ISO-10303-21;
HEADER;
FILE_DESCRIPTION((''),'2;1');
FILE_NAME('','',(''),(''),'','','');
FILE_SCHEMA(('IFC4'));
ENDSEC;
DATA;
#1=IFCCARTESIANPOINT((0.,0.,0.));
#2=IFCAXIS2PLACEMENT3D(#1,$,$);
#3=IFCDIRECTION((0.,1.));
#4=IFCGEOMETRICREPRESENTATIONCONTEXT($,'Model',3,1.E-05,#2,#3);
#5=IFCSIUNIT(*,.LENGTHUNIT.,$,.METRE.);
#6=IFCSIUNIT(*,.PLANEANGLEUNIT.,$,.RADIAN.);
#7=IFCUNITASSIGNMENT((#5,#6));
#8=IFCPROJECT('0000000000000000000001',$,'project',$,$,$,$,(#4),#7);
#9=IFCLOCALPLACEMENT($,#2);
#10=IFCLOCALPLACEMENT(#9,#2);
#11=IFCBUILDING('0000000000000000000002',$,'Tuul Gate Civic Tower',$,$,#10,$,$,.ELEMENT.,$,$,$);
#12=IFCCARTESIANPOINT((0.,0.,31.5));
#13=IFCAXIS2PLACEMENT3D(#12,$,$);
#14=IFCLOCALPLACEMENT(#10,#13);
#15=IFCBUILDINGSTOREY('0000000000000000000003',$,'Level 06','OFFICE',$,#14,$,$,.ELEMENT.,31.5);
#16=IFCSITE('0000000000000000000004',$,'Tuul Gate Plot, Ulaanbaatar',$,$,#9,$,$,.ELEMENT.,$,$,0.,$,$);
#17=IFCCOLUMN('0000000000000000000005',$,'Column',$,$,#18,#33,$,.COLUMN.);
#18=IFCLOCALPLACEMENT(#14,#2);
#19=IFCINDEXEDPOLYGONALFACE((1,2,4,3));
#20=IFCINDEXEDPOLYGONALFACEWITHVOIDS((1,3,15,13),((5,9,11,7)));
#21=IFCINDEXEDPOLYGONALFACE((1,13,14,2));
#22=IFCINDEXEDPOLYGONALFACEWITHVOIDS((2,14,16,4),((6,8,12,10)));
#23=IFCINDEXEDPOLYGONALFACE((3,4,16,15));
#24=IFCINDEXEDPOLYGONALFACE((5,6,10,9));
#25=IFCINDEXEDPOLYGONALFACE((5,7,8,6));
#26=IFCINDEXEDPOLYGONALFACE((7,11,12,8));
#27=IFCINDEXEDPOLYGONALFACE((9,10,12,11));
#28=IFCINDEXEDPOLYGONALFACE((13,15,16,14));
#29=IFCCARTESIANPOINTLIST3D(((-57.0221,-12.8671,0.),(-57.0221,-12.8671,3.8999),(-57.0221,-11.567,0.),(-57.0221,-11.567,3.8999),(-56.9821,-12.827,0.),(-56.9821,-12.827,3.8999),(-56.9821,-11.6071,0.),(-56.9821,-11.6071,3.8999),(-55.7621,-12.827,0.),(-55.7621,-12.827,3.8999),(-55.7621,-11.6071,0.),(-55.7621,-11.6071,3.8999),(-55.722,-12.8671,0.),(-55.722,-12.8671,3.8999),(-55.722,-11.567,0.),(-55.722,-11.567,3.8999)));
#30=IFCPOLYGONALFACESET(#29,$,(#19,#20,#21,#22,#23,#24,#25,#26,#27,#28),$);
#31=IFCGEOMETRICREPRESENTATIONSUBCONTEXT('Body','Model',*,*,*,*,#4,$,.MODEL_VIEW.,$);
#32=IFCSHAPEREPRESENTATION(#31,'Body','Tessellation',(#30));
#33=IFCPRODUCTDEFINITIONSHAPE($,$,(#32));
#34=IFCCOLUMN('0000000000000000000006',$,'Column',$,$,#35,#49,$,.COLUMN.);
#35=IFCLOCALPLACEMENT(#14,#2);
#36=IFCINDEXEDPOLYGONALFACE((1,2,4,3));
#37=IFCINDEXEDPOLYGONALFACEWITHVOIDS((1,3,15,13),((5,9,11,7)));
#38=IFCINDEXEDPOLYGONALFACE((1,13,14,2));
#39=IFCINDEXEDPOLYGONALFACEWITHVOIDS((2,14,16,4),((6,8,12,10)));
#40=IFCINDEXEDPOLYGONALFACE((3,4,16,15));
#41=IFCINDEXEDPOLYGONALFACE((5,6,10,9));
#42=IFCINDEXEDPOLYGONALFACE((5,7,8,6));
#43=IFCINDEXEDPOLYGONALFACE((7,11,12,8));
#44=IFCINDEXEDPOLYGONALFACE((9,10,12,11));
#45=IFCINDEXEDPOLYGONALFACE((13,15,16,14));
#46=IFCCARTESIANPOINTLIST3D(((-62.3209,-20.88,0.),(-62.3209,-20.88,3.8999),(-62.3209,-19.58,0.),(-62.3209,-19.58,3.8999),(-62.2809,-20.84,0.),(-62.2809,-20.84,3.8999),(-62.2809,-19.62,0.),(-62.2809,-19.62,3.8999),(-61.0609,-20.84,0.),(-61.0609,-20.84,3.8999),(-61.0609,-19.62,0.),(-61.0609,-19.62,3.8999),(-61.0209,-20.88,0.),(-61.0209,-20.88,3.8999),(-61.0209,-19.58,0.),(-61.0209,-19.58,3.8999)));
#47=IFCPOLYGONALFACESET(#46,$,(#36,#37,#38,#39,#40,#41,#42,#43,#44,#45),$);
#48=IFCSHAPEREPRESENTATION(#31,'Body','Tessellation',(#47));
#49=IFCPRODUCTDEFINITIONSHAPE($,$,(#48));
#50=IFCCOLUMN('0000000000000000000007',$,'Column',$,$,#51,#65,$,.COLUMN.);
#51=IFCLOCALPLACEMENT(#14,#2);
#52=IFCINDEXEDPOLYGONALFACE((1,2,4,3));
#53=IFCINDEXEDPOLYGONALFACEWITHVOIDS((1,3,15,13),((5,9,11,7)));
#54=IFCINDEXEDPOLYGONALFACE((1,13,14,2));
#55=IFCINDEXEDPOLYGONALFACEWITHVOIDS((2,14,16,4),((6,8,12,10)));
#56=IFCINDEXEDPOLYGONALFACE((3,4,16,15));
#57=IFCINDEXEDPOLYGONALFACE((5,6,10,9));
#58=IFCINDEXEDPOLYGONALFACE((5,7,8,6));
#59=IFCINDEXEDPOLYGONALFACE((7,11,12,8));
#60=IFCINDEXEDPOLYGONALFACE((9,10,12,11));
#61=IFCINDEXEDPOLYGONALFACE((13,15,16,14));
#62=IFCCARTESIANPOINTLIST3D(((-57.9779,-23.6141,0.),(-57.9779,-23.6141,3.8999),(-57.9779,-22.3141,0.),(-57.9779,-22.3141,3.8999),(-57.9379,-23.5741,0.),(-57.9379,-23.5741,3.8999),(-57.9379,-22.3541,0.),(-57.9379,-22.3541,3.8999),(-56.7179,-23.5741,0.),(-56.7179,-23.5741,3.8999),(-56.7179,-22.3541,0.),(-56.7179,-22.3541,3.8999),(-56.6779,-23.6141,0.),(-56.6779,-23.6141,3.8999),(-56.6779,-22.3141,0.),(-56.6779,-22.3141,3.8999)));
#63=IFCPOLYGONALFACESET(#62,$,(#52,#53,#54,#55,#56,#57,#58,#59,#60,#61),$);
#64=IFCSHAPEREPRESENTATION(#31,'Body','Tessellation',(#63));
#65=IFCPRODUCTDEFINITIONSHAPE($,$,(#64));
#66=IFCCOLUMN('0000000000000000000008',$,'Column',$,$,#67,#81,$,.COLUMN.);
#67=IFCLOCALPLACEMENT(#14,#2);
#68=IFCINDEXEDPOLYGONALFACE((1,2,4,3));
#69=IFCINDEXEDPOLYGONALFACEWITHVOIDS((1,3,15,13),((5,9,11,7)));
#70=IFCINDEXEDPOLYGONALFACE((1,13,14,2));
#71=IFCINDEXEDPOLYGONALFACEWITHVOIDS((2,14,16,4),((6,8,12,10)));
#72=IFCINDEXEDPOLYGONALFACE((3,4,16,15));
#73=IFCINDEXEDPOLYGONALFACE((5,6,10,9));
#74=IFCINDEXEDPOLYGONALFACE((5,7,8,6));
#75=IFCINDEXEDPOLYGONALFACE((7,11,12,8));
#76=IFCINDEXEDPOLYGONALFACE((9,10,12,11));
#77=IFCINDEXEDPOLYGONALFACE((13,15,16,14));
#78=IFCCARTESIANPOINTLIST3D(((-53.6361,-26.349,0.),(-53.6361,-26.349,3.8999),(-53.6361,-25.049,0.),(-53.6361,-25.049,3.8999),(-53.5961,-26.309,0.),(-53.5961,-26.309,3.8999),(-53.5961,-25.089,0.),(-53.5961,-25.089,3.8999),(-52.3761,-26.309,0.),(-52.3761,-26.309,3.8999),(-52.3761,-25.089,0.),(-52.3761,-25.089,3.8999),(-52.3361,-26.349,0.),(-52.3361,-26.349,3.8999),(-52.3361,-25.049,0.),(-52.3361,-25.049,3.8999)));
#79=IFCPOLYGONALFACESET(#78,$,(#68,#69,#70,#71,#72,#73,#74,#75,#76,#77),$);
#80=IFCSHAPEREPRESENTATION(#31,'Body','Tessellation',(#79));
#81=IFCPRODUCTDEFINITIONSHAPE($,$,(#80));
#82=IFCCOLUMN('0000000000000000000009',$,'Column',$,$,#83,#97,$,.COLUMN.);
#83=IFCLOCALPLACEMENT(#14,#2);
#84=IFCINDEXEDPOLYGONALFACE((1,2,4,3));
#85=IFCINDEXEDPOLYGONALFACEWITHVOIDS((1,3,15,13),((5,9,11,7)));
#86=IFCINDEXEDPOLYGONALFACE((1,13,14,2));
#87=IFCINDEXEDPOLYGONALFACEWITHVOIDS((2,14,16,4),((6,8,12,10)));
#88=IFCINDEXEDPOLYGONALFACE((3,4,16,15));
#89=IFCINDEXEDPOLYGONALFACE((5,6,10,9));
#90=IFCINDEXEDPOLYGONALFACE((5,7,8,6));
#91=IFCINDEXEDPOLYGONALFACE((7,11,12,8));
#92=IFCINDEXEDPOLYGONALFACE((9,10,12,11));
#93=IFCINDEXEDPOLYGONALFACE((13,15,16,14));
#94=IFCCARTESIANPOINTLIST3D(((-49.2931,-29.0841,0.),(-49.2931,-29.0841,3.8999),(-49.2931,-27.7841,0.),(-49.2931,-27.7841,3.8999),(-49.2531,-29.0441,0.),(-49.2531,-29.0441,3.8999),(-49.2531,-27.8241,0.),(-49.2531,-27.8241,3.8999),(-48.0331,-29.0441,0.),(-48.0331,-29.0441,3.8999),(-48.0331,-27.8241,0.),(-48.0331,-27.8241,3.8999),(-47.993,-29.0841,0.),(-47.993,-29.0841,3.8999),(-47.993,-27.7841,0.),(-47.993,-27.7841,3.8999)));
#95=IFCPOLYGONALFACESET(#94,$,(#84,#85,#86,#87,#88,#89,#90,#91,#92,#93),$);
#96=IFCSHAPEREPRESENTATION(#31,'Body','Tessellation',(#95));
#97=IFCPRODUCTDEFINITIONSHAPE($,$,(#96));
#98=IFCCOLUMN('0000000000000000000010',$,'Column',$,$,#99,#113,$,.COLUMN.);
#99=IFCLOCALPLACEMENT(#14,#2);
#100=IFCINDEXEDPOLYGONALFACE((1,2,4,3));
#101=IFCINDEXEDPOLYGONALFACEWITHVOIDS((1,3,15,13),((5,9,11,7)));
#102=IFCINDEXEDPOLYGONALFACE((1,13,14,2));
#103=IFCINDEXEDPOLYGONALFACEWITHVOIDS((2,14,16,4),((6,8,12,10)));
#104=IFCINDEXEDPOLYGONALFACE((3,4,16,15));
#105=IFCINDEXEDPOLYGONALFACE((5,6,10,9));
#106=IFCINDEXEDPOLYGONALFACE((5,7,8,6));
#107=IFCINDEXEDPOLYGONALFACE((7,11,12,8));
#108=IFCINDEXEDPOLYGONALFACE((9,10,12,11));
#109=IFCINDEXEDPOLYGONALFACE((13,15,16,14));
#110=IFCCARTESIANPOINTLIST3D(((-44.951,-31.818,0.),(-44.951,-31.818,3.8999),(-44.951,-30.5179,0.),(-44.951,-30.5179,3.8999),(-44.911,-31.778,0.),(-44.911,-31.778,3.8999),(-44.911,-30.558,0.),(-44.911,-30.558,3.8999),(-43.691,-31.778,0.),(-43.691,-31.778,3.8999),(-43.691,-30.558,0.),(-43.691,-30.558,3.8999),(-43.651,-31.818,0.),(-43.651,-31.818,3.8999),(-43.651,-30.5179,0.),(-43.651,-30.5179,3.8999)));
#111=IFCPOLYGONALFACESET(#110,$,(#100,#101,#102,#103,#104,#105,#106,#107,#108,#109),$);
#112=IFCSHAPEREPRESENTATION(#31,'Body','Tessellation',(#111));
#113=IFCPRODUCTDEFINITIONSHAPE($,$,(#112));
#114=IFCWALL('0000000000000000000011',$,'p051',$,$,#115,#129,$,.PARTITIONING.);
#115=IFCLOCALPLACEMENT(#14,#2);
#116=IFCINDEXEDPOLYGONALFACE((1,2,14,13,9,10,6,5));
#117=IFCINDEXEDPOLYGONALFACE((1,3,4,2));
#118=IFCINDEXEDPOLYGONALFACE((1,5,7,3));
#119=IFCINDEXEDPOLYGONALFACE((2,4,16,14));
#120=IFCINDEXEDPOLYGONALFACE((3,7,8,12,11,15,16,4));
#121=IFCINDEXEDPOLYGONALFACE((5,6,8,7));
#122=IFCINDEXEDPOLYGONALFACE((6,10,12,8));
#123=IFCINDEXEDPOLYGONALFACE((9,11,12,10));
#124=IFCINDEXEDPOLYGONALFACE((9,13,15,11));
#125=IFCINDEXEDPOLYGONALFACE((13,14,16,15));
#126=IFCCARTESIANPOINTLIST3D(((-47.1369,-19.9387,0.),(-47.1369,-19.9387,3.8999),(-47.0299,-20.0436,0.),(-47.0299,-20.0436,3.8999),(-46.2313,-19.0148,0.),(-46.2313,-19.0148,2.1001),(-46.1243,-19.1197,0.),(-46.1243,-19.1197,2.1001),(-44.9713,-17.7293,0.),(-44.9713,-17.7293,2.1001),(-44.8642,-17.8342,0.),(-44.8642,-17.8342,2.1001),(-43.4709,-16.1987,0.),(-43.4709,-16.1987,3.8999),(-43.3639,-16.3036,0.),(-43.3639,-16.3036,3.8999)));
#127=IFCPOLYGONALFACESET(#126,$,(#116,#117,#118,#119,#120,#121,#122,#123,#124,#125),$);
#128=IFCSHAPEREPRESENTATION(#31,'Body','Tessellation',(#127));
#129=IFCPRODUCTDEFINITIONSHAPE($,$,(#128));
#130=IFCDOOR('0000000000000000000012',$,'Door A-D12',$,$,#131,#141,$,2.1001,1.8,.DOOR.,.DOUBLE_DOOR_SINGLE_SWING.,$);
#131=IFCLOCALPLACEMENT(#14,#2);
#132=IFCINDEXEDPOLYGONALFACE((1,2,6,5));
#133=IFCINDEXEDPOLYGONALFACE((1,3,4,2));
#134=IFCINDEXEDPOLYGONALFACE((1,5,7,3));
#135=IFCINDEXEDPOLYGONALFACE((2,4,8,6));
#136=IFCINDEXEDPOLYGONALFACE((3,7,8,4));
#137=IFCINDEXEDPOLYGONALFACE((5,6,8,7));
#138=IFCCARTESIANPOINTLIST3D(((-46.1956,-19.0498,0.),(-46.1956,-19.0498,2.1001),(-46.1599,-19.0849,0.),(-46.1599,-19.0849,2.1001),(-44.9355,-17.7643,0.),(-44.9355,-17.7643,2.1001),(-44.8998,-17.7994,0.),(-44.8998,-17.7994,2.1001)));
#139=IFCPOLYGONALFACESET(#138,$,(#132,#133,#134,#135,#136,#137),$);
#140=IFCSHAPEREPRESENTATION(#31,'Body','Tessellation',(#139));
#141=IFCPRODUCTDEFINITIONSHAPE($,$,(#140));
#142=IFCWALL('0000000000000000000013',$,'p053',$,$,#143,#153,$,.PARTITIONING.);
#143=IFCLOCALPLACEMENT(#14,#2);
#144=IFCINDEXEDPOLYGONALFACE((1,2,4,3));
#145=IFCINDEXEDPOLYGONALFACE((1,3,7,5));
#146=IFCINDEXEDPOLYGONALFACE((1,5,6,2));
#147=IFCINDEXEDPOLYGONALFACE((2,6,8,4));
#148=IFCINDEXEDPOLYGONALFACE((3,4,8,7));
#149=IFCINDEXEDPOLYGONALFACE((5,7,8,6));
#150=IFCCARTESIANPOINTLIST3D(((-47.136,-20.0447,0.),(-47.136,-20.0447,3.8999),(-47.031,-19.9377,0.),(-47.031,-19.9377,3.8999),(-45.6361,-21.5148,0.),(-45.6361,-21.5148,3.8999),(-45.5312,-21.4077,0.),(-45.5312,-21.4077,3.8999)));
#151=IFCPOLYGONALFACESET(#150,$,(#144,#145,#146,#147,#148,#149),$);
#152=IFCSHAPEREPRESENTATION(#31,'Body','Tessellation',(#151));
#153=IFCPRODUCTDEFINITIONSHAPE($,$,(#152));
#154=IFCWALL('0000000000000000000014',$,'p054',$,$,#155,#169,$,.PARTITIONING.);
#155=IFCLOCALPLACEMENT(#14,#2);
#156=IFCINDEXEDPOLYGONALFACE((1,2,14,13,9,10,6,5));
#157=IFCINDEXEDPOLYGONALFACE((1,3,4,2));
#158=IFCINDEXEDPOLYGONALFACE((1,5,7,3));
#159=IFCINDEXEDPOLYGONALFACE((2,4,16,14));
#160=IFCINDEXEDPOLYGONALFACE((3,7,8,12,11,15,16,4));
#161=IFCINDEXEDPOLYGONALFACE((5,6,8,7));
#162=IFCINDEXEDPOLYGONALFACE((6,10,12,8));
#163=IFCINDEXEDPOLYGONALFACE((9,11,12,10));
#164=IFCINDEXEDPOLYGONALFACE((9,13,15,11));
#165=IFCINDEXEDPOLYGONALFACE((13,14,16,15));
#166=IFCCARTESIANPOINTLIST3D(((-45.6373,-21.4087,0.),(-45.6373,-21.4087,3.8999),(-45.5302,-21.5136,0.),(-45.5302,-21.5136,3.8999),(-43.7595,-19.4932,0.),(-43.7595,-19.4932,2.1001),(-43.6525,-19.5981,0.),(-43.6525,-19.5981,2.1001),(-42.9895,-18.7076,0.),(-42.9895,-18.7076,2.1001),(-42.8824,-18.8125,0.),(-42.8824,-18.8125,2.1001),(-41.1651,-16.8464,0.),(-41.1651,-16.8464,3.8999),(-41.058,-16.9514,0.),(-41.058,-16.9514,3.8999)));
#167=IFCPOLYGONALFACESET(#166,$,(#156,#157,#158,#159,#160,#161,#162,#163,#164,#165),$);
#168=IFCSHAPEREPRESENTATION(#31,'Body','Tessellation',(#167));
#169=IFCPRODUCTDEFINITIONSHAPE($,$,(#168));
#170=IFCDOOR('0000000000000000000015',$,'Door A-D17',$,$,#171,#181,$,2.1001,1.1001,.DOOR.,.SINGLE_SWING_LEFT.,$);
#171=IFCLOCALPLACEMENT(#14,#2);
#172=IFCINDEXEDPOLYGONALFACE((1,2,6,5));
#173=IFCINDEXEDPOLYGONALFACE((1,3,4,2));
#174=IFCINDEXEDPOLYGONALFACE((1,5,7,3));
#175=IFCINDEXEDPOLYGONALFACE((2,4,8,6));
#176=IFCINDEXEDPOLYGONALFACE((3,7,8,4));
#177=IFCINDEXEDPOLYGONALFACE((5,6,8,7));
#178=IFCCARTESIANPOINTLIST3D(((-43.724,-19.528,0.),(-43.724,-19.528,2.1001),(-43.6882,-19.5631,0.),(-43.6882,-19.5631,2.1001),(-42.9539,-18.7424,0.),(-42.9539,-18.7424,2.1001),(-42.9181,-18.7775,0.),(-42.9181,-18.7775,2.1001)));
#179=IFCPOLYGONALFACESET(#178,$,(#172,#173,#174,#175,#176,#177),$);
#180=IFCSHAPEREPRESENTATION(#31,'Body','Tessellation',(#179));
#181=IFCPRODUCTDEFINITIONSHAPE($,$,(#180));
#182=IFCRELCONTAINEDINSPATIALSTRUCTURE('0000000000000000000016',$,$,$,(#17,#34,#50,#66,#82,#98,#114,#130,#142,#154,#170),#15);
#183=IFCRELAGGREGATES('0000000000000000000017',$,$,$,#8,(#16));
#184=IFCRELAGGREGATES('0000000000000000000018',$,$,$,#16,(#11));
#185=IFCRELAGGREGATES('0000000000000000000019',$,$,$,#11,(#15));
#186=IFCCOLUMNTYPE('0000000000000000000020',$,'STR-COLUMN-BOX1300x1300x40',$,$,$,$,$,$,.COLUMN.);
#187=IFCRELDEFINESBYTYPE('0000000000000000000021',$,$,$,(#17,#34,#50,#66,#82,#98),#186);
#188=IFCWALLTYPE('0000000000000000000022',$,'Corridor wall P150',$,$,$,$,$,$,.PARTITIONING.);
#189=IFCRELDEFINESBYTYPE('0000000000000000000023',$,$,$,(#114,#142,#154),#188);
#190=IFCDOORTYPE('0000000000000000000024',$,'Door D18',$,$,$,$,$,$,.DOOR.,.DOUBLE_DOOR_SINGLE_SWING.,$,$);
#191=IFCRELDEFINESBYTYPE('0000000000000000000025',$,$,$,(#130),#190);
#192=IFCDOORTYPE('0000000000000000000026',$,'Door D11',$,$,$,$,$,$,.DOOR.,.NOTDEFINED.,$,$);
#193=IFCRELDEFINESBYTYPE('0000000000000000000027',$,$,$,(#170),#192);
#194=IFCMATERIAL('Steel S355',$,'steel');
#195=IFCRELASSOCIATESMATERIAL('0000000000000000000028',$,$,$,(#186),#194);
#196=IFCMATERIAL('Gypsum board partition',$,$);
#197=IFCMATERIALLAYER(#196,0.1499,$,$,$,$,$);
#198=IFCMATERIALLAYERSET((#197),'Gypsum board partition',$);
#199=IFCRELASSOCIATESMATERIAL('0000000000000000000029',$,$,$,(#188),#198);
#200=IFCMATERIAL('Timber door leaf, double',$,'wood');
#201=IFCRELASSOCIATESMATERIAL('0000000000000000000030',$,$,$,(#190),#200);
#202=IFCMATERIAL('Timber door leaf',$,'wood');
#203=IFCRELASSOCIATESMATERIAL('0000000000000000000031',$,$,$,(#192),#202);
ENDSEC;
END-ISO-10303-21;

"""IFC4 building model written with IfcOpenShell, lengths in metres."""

from ifc_helpers import new_model, si_unit, direction, frame, frame_2d, origin, origin_2d, place, context, subcontext, project, spatial, rectangle, hollow_rectangle, extrude, material, layer, layer_set, material_profile, profile_set, type_object, element, fill, save


model = new_model("IFC4")

# Units and contexts
model_context = context("Model", 3, precision=1e-05, world=origin(), true_north=direction((0.0, 1.0)))
body_context = subcontext(model_context, "Body", "Model", "MODEL_VIEW")
ifc_project = project(units=[si_unit("LENGTHUNIT", "METRE"), si_unit("PLANEANGLEUNIT", "RADIAN")], contexts=[model_context])

# Site, building, storey
site_placement = place(None, origin())
site = spatial("IfcSite", under=ifc_project, at=site_placement, Name="Tuul Gate Plot, Ulaanbaatar", CompositionType="ELEMENT", RefElevation=0.0)
building_placement = place(site_placement, origin())
building = spatial("IfcBuilding", under=site, at=building_placement, Name="Tuul Gate Civic Tower", CompositionType="ELEMENT")
storey_placement = place(building_placement, frame((0.0, 0.0, 31.5)))
storey = spatial("IfcBuildingStorey", under=building, at=storey_placement, Name="Level 06", Description="OFFICE", CompositionType="ELEMENT", Elevation=31.5)

# Columns
ifc_material_1 = material(Name="Steel S355", Category="steel")
ifc_material_profile_1 = material_profile(ifc_material_1, hollow_rectangle(XDim=1.3, YDim=1.3, WallThickness=0.04, at=origin_2d()), Name="BOX1300x1300x40")
ifc_profile_set_1 = profile_set([ifc_material_profile_1], Name="Steel S355")
column_type = type_object("IfcColumnType", Name="STR-COLUMN-BOX1300x1300x40", PredefinedType="COLUMN", material=ifc_profile_set_1)
for number, where, z_axis, x_axis, name in (
    (1, (-56.3721, -12.217, 0.0), (0.0, 0.0, 1.0), (1.0, 0.0, 0.0), "Column"),
    (2, (-61.6709, -20.23, 0.0), (0.0, 0.0, 1.0), (1.0, 0.0, 0.0), "Column"),
    (3, (-57.3279, -22.9641, 0.0), (0.0, 0.0, 1.0), (1.0, 0.0, 0.0), "Column"),
    (4, (-52.9861, -25.699, 0.0), (0.0, 0.0, 1.0), (1.0, 0.0, 0.0), "Column"),
    (5, (-48.6431, -28.4341, 0.0), (0.0, 0.0, 1.0), (1.0, 0.0, 0.0), "Column"),
    (6, (-44.301, -31.168, 0.0), (0.0, 0.0, 1.0), (1.0, 0.0, 0.0), "Column"),
):
    element("IfcColumn", number, at=place(storey_placement, frame(where, z_axis=z_axis, x_axis=x_axis)), inside=storey, type_object=column_type, Name=name, PredefinedType="COLUMN", context=body_context, shape_type="SweptSolid", body=[
        extrude(hollow_rectangle(XDim=1.3, YDim=1.3, WallThickness=0.04, at=origin_2d()), origin(), (0.0, 0.0, 1.0), 3.8999),
    ])

# Wall, opening, door
ifc_material_2 = material(Name="Gypsum board partition")
ifc_layer_1 = layer(ifc_material_2, 0.1499)
ifc_layer_set_1 = layer_set([ifc_layer_1], Name="Gypsum board partition")
wall_type_1 = type_object("IfcWallType", Name="Corridor wall P150", PredefinedType="PARTITIONING", material=ifc_layer_set_1)
wall_1_placement = place(storey_placement, frame((-47.0835, -19.9912, 0.0), z_axis=(0.0, 0.0, 1.0), x_axis=(0.700009, 0.714134, 0.0)))
wall_1 = element("IfcWall", 7, at=wall_1_placement, inside=storey, type_object=wall_type_1, Name="p051", PredefinedType="PARTITIONING", context=body_context, shape_type="SweptSolid", body=[
    extrude(rectangle(XDim=5.2371, YDim=0.1499, at=frame_2d((2.6187, 0.0))), origin(), (0.0, 0.0, 1.0), 3.8999),
])
opening_1_placement = place(wall_1_placement, frame((1.2939, 0.0, 0.0)))
opening_1 = element("IfcOpeningElement", 8, at=opening_1_placement, cuts=wall_1, PredefinedType="OPENING", context=body_context, shape_type="SweptSolid", body=[
    extrude(rectangle(XDim=1.8, YDim=2.1001, at=frame_2d((0.8999, 1.05))), frame((0.0, 0.085, 0.0), z_axis=(0.0, -1.0, 0.0), x_axis=(1.0, 0.0, 0.0)), (0.0, 0.0, 1.0), 0.1699),
])
ifc_material_3 = material(Name="Timber door leaf, double", Category="wood")
door_type_1 = type_object("IfcDoorType", Name="Door D18", OperationType="DOUBLE_DOOR_SINGLE_SWING", PredefinedType="DOOR", material=ifc_material_3)
door_1_placement = place(opening_1_placement, origin())
door_1 = element("IfcDoor", 9, at=door_1_placement, inside=storey, type_object=door_type_1, Name="Door A-D12", OperationType="DOUBLE_DOOR_SINGLE_SWING", OverallHeight=2.1001, OverallWidth=1.8, PredefinedType="DOOR", context=body_context, shape_type="SweptSolid", body=[
    extrude(rectangle(XDim=1.8, YDim=2.1001, at=frame_2d((0.8999, 1.05))), frame((0.0, 0.0249, 0.0), z_axis=(0.0, -1.0, 0.0), x_axis=(1.0, 0.0, 0.0)), (0.0, 0.0, 1.0), 0.05),
])
fill(opening_1, door_1)

# Wall
wall_2_placement = place(storey_placement, frame((-47.0835, -19.9912, 0.0), z_axis=(0.0, 0.0, 1.0), x_axis=(0.714163, -0.69998, 0.0)))
element("IfcWall", 10, at=wall_2_placement, inside=storey, type_object=wall_type_1, Name="p053", PredefinedType="PARTITIONING", context=body_context, shape_type="SweptSolid", body=[
    extrude(rectangle(XDim=2.1001, YDim=0.1499, at=frame_2d((1.05, 0.0))), origin(), (0.0, 0.0, 1.0), 3.8999),
])

# Wall, opening, door
wall_3_placement = place(storey_placement, frame((-45.5837, -21.4612, 0.0), z_axis=(0.0, 0.0, 1.0), x_axis=(0.700021, 0.714122, 0.0)))
wall_3 = element("IfcWall", 11, at=wall_3_placement, inside=storey, type_object=wall_type_1, Name="p054", PredefinedType="PARTITIONING", context=body_context, shape_type="SweptSolid", body=[
    extrude(rectangle(XDim=6.3887, YDim=0.1499, at=frame_2d((3.1943, 0.0))), origin(), (0.0, 0.0, 1.0), 3.8999),
])
opening_2_placement = place(wall_3_placement, frame((2.6824, 0.0, 0.0)))
opening_2 = element("IfcOpeningElement", 12, at=opening_2_placement, cuts=wall_3, PredefinedType="OPENING", context=body_context, shape_type="SweptSolid", body=[
    extrude(rectangle(XDim=1.1001, YDim=2.1001, at=frame_2d((0.55, 1.05))), frame((0.0, 0.085, 0.0), z_axis=(0.0, -1.0, 0.0), x_axis=(1.0, 0.0, 0.0)), (0.0, 0.0, 1.0), 0.1699),
])
ifc_material_4 = material(Name="Timber door leaf", Category="wood")
door_type_2 = type_object("IfcDoorType", Name="Door D11", OperationType="NOTDEFINED", PredefinedType="DOOR", material=ifc_material_4)
door_2_placement = place(opening_2_placement, frame((1.1001, 0.0, 0.0), z_axis=(0.0, 0.0, 1.0), x_axis=(-1.0, 0.0, 0.0)))
door_2 = element("IfcDoor", 13, at=door_2_placement, inside=storey, type_object=door_type_2, Name="Door A-D17", OperationType="SINGLE_SWING_LEFT", OverallHeight=2.1001, OverallWidth=1.1001, PredefinedType="DOOR", context=body_context, shape_type="SweptSolid", body=[
    extrude(rectangle(XDim=1.1001, YDim=2.1001, at=frame_2d((0.55, 1.05))), frame((0.0, 0.0249, 0.0), z_axis=(0.0, -1.0, 0.0), x_axis=(1.0, 0.0, 0.0)), (0.0, 0.0, 1.0), 0.05),
])
fill(opening_2, door_2)

save(model, "model.ifc")
